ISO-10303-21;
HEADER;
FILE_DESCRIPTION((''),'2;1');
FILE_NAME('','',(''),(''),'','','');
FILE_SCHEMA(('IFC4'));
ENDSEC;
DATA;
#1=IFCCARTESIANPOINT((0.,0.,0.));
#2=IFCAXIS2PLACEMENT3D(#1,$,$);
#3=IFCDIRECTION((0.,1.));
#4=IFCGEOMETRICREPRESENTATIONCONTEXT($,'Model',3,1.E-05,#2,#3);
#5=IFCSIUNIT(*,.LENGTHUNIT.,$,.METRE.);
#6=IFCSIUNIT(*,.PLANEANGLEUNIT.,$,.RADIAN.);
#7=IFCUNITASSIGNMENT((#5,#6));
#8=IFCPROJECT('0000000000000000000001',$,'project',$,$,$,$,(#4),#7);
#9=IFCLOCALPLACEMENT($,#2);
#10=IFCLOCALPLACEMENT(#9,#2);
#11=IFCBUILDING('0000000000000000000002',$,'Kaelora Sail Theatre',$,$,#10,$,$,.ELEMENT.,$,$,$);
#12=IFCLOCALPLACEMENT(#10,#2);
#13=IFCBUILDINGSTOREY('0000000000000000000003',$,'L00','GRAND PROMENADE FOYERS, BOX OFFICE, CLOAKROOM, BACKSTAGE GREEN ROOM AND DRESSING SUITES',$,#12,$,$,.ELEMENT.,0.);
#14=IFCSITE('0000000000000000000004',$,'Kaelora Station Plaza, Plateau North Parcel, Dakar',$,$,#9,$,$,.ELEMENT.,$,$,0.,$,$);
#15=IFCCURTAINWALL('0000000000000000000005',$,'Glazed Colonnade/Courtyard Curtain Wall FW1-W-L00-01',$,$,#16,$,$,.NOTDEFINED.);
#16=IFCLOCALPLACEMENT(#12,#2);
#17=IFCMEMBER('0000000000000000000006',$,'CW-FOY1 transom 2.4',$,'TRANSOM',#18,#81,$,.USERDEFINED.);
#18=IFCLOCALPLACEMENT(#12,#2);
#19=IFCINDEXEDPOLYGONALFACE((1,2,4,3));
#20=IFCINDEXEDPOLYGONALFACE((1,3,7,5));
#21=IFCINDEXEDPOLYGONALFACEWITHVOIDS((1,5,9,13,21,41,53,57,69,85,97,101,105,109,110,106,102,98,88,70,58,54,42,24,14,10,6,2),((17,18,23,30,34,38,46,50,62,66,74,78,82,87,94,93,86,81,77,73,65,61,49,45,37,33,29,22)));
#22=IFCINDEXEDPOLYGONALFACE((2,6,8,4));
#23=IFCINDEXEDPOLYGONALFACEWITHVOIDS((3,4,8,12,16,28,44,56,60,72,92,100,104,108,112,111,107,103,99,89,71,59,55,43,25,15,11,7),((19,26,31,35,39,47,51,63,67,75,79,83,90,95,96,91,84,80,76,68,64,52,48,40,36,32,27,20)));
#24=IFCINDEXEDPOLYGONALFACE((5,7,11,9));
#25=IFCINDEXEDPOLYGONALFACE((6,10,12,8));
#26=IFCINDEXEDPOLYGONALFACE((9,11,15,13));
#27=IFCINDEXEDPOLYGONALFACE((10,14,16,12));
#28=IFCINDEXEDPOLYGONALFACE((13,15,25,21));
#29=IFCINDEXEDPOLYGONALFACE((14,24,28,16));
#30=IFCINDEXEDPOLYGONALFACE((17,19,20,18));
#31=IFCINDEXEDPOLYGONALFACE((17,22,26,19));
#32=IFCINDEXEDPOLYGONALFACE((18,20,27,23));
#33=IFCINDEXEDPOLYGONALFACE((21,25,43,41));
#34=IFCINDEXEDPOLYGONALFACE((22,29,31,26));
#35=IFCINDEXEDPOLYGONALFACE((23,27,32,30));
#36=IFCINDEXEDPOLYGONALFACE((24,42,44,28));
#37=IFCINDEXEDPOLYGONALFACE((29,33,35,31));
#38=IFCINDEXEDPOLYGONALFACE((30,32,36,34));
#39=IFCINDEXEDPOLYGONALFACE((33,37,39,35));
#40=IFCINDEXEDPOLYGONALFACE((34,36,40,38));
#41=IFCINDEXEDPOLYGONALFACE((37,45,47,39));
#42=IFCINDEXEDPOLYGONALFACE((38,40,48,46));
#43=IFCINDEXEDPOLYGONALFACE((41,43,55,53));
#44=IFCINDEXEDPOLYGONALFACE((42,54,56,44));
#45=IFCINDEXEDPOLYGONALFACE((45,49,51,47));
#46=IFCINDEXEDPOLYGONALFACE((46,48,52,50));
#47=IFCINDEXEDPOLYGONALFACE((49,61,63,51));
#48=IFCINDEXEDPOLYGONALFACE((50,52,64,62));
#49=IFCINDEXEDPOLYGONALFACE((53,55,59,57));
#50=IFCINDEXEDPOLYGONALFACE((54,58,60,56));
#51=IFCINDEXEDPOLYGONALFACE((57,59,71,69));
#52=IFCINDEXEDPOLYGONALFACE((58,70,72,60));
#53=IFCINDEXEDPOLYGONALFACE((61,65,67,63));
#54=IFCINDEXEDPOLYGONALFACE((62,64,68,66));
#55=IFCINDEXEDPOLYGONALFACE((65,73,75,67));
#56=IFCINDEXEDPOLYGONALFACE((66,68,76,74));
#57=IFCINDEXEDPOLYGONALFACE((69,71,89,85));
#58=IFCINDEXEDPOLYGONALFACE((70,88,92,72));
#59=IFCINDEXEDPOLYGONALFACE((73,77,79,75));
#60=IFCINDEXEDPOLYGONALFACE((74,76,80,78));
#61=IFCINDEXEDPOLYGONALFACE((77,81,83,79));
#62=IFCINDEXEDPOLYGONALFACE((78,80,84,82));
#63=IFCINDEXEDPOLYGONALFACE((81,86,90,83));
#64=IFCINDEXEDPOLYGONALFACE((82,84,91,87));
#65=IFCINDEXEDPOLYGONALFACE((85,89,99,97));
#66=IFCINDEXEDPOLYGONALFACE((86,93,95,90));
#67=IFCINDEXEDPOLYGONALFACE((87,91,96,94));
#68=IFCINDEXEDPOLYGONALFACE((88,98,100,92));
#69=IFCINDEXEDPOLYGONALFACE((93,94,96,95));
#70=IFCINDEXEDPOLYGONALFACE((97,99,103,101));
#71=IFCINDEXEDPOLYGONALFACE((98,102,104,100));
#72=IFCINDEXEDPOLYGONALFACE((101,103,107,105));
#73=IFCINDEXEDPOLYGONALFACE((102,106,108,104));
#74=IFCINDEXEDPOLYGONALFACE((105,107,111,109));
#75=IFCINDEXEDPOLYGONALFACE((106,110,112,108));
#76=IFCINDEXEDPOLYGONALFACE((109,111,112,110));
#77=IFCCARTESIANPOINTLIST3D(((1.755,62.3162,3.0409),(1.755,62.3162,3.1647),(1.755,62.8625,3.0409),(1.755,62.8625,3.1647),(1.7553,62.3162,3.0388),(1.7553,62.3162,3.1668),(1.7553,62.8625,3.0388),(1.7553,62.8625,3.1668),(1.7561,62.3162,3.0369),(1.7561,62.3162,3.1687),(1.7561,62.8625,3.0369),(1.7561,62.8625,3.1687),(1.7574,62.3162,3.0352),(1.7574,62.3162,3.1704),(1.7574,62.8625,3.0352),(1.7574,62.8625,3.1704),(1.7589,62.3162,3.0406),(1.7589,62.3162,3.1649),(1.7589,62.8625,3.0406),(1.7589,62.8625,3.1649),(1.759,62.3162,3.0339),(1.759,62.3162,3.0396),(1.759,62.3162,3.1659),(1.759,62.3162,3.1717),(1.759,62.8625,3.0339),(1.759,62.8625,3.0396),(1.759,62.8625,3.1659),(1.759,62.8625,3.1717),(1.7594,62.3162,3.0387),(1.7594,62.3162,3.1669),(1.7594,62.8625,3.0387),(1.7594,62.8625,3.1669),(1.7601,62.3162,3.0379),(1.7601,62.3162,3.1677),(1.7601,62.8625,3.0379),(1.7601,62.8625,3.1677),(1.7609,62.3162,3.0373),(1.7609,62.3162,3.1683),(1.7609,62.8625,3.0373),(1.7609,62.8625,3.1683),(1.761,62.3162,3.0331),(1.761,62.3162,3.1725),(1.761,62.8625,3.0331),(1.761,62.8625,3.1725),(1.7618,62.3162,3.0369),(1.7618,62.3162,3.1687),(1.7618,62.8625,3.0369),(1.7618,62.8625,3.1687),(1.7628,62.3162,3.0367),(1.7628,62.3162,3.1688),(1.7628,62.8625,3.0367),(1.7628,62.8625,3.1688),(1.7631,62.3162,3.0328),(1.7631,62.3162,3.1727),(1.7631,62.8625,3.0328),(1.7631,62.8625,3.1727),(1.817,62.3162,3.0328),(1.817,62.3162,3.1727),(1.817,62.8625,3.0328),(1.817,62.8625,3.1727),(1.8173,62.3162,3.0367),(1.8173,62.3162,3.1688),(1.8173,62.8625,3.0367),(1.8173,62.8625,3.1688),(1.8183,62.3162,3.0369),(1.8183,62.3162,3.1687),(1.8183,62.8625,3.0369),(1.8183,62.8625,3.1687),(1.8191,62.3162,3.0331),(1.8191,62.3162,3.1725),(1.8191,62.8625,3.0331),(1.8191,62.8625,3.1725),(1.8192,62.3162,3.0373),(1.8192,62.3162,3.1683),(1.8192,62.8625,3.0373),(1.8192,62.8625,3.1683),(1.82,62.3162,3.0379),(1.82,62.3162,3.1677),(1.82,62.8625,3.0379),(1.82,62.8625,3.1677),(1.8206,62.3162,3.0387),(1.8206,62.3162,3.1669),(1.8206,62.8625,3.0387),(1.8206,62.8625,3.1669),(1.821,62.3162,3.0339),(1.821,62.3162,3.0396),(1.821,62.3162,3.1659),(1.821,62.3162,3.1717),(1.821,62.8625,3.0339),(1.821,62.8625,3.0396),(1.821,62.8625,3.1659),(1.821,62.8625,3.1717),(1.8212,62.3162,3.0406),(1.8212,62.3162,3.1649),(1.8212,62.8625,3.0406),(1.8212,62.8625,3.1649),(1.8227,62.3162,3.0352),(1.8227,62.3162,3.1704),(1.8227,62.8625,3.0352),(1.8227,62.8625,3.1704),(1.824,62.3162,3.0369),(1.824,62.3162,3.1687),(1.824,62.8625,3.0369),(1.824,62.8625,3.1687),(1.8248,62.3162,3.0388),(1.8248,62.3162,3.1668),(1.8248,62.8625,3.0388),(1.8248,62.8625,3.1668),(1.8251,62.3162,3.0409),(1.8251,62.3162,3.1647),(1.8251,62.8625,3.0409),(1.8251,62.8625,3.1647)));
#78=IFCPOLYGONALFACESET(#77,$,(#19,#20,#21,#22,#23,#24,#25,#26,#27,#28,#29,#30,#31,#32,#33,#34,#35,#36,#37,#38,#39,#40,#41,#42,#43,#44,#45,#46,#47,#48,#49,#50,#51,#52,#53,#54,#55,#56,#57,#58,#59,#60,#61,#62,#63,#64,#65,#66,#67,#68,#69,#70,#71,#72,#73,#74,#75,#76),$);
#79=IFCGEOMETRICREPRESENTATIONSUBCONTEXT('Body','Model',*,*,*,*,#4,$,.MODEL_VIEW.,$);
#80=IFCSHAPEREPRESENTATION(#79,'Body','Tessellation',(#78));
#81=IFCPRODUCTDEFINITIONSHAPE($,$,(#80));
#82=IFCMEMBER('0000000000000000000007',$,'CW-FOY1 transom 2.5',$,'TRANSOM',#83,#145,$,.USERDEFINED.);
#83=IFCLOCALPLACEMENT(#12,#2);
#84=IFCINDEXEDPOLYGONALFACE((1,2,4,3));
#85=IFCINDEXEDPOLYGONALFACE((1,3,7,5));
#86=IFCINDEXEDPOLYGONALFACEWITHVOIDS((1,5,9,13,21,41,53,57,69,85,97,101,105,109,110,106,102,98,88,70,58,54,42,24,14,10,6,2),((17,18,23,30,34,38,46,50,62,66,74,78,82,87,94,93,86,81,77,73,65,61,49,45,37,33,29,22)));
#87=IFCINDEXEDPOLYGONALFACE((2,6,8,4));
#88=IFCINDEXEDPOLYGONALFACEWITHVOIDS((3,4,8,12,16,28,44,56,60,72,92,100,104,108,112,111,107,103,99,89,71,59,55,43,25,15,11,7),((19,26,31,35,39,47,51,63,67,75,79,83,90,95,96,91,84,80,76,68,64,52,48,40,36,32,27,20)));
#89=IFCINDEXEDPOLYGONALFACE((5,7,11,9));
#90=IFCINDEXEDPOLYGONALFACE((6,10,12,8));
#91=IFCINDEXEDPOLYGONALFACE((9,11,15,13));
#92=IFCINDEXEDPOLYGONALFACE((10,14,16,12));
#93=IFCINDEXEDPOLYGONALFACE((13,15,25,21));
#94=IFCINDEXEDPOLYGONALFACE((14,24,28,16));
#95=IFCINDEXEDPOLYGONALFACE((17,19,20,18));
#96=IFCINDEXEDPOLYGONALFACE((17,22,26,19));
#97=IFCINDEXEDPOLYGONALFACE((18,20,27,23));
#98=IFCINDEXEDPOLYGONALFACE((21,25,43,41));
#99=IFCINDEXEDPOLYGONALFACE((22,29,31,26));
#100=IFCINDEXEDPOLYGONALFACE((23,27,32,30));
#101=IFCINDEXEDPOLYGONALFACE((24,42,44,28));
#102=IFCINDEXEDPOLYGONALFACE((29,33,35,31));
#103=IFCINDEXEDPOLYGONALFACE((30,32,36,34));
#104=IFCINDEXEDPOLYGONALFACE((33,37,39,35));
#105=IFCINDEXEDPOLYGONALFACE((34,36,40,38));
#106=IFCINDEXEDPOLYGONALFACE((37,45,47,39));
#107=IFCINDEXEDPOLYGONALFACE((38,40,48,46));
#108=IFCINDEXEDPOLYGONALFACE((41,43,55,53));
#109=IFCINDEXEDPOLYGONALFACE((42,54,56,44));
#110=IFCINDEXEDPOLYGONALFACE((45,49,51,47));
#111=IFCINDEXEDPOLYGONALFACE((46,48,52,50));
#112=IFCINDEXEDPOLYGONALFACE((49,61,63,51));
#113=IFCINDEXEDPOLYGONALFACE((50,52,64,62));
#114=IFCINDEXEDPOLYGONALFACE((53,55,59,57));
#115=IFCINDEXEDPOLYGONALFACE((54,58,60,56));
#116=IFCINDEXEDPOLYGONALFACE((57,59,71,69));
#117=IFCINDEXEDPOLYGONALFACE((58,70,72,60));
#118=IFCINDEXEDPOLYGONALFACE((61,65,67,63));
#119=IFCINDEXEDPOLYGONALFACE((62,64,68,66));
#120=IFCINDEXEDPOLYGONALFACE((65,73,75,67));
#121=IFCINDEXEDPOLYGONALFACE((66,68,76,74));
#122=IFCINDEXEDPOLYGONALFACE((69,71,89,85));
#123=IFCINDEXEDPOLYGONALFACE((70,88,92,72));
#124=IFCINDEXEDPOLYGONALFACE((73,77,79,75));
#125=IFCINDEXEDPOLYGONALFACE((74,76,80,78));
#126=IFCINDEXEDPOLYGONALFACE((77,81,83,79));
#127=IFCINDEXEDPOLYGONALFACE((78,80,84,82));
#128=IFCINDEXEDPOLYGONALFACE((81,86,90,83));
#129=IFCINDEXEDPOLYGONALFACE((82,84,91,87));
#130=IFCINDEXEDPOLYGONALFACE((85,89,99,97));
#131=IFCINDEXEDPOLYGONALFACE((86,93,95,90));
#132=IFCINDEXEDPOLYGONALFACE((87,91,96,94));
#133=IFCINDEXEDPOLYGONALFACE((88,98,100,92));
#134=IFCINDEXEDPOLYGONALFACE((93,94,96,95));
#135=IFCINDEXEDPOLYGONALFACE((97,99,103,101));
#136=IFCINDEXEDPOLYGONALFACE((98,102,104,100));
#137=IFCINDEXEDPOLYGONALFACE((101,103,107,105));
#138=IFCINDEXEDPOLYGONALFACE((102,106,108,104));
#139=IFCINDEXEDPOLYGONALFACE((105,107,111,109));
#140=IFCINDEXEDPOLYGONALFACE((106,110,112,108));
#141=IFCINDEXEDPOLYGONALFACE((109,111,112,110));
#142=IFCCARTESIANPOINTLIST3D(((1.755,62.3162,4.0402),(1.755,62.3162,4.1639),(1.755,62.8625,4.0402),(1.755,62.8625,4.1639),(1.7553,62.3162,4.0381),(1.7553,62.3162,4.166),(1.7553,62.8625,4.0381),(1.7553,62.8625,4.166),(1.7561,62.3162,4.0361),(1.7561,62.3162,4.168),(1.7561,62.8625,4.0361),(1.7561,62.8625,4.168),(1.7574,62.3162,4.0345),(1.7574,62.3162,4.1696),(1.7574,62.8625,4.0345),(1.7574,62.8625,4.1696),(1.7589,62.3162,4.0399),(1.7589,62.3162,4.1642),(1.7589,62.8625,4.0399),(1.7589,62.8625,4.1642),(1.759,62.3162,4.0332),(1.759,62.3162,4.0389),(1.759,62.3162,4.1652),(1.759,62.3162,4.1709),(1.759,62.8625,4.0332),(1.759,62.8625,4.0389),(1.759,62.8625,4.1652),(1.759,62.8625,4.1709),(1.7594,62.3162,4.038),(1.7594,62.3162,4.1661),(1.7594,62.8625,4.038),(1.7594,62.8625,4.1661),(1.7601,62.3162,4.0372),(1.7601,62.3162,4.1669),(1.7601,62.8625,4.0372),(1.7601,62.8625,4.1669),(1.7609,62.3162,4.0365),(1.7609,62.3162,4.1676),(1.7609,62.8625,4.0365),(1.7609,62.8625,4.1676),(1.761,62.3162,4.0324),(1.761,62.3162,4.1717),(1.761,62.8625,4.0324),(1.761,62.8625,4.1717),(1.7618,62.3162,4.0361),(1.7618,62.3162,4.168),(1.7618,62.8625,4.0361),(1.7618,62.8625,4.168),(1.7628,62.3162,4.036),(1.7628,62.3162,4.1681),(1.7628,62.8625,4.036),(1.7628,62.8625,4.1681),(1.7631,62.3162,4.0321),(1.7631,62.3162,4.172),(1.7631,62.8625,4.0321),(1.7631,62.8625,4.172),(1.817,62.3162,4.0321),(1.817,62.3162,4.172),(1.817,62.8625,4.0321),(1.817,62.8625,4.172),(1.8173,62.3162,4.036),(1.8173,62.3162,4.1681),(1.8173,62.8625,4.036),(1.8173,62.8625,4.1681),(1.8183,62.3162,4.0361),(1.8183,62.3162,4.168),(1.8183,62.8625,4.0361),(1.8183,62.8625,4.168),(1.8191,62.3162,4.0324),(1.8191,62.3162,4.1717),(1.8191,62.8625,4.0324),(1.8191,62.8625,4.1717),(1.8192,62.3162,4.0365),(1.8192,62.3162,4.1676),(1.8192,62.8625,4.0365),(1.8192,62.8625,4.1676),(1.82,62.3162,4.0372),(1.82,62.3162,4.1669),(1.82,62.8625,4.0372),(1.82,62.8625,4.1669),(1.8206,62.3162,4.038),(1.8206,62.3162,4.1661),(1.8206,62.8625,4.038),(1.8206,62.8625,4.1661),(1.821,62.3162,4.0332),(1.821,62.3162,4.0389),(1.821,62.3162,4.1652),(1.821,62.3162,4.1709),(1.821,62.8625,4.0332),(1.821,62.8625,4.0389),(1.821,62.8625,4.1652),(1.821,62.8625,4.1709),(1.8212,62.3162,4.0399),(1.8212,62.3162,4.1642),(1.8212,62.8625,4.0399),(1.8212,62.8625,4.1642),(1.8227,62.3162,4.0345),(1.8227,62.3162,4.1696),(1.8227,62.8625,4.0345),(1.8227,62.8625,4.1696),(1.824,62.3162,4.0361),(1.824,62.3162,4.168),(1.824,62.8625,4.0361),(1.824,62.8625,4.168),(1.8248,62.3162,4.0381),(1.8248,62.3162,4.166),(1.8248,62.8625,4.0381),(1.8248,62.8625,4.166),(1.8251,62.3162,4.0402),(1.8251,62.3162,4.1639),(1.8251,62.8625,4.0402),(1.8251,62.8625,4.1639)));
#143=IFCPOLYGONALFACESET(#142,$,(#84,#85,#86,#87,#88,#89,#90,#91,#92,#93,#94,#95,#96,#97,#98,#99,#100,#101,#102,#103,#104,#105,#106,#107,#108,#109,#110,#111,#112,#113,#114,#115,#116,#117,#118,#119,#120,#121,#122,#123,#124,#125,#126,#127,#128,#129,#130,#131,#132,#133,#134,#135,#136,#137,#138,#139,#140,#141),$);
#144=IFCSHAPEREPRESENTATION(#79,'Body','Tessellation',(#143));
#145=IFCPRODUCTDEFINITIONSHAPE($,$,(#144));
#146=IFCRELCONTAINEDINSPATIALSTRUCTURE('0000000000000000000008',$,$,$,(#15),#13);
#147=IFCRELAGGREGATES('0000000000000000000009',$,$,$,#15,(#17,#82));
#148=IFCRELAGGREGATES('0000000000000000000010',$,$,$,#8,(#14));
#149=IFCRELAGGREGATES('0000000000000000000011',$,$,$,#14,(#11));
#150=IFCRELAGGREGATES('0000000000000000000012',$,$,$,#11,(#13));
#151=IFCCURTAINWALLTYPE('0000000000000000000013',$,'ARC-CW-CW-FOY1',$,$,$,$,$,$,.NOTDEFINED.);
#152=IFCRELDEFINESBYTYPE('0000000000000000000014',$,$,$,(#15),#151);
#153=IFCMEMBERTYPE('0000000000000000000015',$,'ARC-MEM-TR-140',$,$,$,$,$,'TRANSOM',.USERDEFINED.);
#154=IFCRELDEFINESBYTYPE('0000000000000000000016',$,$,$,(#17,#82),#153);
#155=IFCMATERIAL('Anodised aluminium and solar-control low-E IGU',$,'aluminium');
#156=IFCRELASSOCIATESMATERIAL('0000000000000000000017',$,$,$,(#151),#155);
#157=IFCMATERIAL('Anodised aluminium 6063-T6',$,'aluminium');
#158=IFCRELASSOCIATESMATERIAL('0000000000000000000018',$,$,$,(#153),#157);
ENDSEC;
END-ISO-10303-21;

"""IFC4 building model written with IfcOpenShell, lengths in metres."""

from ifc_helpers import new_model, si_unit, direction, frame, origin, origin_2d, place, context, subcontext, project, spatial, hollow_rectangle, extrude, material, material_profile, profile_set, type_object, element, aggregate, save


model = new_model("IFC4")

# Units and contexts
model_context = context("Model", 3, precision=1e-05, world=origin(), true_north=direction((0.0, 1.0)))
body_context = subcontext(model_context, "Body", "Model", "MODEL_VIEW")
ifc_project = project(units=[si_unit("LENGTHUNIT", "METRE"), si_unit("PLANEANGLEUNIT", "RADIAN")], contexts=[model_context])

# Site, building, storey
site_placement = place(None, origin())
site = spatial("IfcSite", under=ifc_project, at=site_placement, Name="Kaelora Station Plaza, Plateau North Parcel, Dakar", CompositionType="ELEMENT", RefElevation=0.0)
building_placement = place(site_placement, origin())
building = spatial("IfcBuilding", under=site, at=building_placement, Name="Kaelora Sail Theatre", CompositionType="ELEMENT")
storey_placement = place(building_placement, origin())
storey = spatial("IfcBuildingStorey", under=building, at=storey_placement, Name="L00", Description="GRAND PROMENADE FOYERS, BOX OFFICE, CLOAKROOM, BACKSTAGE GREEN ROOM AND DRESSING SUITES", CompositionType="ELEMENT", Elevation=0.0)

# Curtain wall, members
ifc_material_1 = material(Name="Anodised aluminium and solar-control low-E IGU", Category="aluminium")
curtain_wall_type = type_object("IfcCurtainWallType", Name="ARC-CW-CW-FOY1", PredefinedType="NOTDEFINED", material=ifc_material_1)
curtain_wall_1_placement = place(storey_placement, origin())
curtain_wall_1 = element("IfcCurtainWall", 1, at=curtain_wall_1_placement, inside=storey, type_object=curtain_wall_type, Name="Glazed Colonnade/Courtyard Curtain Wall FW1-W-L00-01", PredefinedType="NOTDEFINED")
ifc_material_2 = material(Name="Anodised aluminium 6063-T6", Category="aluminium")
ifc_material_profile = material_profile(ifc_material_2, hollow_rectangle(XDim=0.0701, YDim=0.1399, WallThickness=0.0039, InnerFilletRadius=0.0039, OuterFilletRadius=0.0081, at=origin_2d()), Name="ALU-TRAN 70x140x4")
ifc_profile_set = profile_set([ifc_material_profile], Name="Anodised aluminium 6063-T6")
member_type = type_object("IfcMemberType", Name="ARC-MEM-TR-140", ElementType="TRANSOM", PredefinedType="USERDEFINED", material=ifc_profile_set)
member_1_placement = place(storey_placement, frame((1.79, 62.3162, 3.1028), z_axis=(0.0, 1.0, 0.0), x_axis=(-1.0, 0.0, 0.0)))
member_1 = element("IfcMember", 2, at=member_1_placement, type_object=member_type, Name="CW-FOY1 transom 2.4", ObjectType="TRANSOM", PredefinedType="USERDEFINED", context=body_context, shape_type="SweptSolid", body=[
    extrude(hollow_rectangle(XDim=0.0701, YDim=0.1399, WallThickness=0.0039, InnerFilletRadius=0.0039, OuterFilletRadius=0.0081, at=origin_2d()), origin(), (0.0, 0.0, 1.0), 0.5464),
])
member_2_placement = place(storey_placement, frame((1.79, 62.3162, 4.1021), z_axis=(0.0, 1.0, 0.0), x_axis=(-1.0, 0.0, 0.0)))
member_2 = element("IfcMember", 3, at=member_2_placement, type_object=member_type, Name="CW-FOY1 transom 2.5", ObjectType="TRANSOM", PredefinedType="USERDEFINED", context=body_context, shape_type="SweptSolid", body=[
    extrude(hollow_rectangle(XDim=0.0701, YDim=0.1399, WallThickness=0.0039, InnerFilletRadius=0.0039, OuterFilletRadius=0.0081, at=origin_2d()), origin(), (0.0, 0.0, 1.0), 0.5464),
])

aggregate(curtain_wall_1, [member_1, member_2])

save(model, "model.ifc")
